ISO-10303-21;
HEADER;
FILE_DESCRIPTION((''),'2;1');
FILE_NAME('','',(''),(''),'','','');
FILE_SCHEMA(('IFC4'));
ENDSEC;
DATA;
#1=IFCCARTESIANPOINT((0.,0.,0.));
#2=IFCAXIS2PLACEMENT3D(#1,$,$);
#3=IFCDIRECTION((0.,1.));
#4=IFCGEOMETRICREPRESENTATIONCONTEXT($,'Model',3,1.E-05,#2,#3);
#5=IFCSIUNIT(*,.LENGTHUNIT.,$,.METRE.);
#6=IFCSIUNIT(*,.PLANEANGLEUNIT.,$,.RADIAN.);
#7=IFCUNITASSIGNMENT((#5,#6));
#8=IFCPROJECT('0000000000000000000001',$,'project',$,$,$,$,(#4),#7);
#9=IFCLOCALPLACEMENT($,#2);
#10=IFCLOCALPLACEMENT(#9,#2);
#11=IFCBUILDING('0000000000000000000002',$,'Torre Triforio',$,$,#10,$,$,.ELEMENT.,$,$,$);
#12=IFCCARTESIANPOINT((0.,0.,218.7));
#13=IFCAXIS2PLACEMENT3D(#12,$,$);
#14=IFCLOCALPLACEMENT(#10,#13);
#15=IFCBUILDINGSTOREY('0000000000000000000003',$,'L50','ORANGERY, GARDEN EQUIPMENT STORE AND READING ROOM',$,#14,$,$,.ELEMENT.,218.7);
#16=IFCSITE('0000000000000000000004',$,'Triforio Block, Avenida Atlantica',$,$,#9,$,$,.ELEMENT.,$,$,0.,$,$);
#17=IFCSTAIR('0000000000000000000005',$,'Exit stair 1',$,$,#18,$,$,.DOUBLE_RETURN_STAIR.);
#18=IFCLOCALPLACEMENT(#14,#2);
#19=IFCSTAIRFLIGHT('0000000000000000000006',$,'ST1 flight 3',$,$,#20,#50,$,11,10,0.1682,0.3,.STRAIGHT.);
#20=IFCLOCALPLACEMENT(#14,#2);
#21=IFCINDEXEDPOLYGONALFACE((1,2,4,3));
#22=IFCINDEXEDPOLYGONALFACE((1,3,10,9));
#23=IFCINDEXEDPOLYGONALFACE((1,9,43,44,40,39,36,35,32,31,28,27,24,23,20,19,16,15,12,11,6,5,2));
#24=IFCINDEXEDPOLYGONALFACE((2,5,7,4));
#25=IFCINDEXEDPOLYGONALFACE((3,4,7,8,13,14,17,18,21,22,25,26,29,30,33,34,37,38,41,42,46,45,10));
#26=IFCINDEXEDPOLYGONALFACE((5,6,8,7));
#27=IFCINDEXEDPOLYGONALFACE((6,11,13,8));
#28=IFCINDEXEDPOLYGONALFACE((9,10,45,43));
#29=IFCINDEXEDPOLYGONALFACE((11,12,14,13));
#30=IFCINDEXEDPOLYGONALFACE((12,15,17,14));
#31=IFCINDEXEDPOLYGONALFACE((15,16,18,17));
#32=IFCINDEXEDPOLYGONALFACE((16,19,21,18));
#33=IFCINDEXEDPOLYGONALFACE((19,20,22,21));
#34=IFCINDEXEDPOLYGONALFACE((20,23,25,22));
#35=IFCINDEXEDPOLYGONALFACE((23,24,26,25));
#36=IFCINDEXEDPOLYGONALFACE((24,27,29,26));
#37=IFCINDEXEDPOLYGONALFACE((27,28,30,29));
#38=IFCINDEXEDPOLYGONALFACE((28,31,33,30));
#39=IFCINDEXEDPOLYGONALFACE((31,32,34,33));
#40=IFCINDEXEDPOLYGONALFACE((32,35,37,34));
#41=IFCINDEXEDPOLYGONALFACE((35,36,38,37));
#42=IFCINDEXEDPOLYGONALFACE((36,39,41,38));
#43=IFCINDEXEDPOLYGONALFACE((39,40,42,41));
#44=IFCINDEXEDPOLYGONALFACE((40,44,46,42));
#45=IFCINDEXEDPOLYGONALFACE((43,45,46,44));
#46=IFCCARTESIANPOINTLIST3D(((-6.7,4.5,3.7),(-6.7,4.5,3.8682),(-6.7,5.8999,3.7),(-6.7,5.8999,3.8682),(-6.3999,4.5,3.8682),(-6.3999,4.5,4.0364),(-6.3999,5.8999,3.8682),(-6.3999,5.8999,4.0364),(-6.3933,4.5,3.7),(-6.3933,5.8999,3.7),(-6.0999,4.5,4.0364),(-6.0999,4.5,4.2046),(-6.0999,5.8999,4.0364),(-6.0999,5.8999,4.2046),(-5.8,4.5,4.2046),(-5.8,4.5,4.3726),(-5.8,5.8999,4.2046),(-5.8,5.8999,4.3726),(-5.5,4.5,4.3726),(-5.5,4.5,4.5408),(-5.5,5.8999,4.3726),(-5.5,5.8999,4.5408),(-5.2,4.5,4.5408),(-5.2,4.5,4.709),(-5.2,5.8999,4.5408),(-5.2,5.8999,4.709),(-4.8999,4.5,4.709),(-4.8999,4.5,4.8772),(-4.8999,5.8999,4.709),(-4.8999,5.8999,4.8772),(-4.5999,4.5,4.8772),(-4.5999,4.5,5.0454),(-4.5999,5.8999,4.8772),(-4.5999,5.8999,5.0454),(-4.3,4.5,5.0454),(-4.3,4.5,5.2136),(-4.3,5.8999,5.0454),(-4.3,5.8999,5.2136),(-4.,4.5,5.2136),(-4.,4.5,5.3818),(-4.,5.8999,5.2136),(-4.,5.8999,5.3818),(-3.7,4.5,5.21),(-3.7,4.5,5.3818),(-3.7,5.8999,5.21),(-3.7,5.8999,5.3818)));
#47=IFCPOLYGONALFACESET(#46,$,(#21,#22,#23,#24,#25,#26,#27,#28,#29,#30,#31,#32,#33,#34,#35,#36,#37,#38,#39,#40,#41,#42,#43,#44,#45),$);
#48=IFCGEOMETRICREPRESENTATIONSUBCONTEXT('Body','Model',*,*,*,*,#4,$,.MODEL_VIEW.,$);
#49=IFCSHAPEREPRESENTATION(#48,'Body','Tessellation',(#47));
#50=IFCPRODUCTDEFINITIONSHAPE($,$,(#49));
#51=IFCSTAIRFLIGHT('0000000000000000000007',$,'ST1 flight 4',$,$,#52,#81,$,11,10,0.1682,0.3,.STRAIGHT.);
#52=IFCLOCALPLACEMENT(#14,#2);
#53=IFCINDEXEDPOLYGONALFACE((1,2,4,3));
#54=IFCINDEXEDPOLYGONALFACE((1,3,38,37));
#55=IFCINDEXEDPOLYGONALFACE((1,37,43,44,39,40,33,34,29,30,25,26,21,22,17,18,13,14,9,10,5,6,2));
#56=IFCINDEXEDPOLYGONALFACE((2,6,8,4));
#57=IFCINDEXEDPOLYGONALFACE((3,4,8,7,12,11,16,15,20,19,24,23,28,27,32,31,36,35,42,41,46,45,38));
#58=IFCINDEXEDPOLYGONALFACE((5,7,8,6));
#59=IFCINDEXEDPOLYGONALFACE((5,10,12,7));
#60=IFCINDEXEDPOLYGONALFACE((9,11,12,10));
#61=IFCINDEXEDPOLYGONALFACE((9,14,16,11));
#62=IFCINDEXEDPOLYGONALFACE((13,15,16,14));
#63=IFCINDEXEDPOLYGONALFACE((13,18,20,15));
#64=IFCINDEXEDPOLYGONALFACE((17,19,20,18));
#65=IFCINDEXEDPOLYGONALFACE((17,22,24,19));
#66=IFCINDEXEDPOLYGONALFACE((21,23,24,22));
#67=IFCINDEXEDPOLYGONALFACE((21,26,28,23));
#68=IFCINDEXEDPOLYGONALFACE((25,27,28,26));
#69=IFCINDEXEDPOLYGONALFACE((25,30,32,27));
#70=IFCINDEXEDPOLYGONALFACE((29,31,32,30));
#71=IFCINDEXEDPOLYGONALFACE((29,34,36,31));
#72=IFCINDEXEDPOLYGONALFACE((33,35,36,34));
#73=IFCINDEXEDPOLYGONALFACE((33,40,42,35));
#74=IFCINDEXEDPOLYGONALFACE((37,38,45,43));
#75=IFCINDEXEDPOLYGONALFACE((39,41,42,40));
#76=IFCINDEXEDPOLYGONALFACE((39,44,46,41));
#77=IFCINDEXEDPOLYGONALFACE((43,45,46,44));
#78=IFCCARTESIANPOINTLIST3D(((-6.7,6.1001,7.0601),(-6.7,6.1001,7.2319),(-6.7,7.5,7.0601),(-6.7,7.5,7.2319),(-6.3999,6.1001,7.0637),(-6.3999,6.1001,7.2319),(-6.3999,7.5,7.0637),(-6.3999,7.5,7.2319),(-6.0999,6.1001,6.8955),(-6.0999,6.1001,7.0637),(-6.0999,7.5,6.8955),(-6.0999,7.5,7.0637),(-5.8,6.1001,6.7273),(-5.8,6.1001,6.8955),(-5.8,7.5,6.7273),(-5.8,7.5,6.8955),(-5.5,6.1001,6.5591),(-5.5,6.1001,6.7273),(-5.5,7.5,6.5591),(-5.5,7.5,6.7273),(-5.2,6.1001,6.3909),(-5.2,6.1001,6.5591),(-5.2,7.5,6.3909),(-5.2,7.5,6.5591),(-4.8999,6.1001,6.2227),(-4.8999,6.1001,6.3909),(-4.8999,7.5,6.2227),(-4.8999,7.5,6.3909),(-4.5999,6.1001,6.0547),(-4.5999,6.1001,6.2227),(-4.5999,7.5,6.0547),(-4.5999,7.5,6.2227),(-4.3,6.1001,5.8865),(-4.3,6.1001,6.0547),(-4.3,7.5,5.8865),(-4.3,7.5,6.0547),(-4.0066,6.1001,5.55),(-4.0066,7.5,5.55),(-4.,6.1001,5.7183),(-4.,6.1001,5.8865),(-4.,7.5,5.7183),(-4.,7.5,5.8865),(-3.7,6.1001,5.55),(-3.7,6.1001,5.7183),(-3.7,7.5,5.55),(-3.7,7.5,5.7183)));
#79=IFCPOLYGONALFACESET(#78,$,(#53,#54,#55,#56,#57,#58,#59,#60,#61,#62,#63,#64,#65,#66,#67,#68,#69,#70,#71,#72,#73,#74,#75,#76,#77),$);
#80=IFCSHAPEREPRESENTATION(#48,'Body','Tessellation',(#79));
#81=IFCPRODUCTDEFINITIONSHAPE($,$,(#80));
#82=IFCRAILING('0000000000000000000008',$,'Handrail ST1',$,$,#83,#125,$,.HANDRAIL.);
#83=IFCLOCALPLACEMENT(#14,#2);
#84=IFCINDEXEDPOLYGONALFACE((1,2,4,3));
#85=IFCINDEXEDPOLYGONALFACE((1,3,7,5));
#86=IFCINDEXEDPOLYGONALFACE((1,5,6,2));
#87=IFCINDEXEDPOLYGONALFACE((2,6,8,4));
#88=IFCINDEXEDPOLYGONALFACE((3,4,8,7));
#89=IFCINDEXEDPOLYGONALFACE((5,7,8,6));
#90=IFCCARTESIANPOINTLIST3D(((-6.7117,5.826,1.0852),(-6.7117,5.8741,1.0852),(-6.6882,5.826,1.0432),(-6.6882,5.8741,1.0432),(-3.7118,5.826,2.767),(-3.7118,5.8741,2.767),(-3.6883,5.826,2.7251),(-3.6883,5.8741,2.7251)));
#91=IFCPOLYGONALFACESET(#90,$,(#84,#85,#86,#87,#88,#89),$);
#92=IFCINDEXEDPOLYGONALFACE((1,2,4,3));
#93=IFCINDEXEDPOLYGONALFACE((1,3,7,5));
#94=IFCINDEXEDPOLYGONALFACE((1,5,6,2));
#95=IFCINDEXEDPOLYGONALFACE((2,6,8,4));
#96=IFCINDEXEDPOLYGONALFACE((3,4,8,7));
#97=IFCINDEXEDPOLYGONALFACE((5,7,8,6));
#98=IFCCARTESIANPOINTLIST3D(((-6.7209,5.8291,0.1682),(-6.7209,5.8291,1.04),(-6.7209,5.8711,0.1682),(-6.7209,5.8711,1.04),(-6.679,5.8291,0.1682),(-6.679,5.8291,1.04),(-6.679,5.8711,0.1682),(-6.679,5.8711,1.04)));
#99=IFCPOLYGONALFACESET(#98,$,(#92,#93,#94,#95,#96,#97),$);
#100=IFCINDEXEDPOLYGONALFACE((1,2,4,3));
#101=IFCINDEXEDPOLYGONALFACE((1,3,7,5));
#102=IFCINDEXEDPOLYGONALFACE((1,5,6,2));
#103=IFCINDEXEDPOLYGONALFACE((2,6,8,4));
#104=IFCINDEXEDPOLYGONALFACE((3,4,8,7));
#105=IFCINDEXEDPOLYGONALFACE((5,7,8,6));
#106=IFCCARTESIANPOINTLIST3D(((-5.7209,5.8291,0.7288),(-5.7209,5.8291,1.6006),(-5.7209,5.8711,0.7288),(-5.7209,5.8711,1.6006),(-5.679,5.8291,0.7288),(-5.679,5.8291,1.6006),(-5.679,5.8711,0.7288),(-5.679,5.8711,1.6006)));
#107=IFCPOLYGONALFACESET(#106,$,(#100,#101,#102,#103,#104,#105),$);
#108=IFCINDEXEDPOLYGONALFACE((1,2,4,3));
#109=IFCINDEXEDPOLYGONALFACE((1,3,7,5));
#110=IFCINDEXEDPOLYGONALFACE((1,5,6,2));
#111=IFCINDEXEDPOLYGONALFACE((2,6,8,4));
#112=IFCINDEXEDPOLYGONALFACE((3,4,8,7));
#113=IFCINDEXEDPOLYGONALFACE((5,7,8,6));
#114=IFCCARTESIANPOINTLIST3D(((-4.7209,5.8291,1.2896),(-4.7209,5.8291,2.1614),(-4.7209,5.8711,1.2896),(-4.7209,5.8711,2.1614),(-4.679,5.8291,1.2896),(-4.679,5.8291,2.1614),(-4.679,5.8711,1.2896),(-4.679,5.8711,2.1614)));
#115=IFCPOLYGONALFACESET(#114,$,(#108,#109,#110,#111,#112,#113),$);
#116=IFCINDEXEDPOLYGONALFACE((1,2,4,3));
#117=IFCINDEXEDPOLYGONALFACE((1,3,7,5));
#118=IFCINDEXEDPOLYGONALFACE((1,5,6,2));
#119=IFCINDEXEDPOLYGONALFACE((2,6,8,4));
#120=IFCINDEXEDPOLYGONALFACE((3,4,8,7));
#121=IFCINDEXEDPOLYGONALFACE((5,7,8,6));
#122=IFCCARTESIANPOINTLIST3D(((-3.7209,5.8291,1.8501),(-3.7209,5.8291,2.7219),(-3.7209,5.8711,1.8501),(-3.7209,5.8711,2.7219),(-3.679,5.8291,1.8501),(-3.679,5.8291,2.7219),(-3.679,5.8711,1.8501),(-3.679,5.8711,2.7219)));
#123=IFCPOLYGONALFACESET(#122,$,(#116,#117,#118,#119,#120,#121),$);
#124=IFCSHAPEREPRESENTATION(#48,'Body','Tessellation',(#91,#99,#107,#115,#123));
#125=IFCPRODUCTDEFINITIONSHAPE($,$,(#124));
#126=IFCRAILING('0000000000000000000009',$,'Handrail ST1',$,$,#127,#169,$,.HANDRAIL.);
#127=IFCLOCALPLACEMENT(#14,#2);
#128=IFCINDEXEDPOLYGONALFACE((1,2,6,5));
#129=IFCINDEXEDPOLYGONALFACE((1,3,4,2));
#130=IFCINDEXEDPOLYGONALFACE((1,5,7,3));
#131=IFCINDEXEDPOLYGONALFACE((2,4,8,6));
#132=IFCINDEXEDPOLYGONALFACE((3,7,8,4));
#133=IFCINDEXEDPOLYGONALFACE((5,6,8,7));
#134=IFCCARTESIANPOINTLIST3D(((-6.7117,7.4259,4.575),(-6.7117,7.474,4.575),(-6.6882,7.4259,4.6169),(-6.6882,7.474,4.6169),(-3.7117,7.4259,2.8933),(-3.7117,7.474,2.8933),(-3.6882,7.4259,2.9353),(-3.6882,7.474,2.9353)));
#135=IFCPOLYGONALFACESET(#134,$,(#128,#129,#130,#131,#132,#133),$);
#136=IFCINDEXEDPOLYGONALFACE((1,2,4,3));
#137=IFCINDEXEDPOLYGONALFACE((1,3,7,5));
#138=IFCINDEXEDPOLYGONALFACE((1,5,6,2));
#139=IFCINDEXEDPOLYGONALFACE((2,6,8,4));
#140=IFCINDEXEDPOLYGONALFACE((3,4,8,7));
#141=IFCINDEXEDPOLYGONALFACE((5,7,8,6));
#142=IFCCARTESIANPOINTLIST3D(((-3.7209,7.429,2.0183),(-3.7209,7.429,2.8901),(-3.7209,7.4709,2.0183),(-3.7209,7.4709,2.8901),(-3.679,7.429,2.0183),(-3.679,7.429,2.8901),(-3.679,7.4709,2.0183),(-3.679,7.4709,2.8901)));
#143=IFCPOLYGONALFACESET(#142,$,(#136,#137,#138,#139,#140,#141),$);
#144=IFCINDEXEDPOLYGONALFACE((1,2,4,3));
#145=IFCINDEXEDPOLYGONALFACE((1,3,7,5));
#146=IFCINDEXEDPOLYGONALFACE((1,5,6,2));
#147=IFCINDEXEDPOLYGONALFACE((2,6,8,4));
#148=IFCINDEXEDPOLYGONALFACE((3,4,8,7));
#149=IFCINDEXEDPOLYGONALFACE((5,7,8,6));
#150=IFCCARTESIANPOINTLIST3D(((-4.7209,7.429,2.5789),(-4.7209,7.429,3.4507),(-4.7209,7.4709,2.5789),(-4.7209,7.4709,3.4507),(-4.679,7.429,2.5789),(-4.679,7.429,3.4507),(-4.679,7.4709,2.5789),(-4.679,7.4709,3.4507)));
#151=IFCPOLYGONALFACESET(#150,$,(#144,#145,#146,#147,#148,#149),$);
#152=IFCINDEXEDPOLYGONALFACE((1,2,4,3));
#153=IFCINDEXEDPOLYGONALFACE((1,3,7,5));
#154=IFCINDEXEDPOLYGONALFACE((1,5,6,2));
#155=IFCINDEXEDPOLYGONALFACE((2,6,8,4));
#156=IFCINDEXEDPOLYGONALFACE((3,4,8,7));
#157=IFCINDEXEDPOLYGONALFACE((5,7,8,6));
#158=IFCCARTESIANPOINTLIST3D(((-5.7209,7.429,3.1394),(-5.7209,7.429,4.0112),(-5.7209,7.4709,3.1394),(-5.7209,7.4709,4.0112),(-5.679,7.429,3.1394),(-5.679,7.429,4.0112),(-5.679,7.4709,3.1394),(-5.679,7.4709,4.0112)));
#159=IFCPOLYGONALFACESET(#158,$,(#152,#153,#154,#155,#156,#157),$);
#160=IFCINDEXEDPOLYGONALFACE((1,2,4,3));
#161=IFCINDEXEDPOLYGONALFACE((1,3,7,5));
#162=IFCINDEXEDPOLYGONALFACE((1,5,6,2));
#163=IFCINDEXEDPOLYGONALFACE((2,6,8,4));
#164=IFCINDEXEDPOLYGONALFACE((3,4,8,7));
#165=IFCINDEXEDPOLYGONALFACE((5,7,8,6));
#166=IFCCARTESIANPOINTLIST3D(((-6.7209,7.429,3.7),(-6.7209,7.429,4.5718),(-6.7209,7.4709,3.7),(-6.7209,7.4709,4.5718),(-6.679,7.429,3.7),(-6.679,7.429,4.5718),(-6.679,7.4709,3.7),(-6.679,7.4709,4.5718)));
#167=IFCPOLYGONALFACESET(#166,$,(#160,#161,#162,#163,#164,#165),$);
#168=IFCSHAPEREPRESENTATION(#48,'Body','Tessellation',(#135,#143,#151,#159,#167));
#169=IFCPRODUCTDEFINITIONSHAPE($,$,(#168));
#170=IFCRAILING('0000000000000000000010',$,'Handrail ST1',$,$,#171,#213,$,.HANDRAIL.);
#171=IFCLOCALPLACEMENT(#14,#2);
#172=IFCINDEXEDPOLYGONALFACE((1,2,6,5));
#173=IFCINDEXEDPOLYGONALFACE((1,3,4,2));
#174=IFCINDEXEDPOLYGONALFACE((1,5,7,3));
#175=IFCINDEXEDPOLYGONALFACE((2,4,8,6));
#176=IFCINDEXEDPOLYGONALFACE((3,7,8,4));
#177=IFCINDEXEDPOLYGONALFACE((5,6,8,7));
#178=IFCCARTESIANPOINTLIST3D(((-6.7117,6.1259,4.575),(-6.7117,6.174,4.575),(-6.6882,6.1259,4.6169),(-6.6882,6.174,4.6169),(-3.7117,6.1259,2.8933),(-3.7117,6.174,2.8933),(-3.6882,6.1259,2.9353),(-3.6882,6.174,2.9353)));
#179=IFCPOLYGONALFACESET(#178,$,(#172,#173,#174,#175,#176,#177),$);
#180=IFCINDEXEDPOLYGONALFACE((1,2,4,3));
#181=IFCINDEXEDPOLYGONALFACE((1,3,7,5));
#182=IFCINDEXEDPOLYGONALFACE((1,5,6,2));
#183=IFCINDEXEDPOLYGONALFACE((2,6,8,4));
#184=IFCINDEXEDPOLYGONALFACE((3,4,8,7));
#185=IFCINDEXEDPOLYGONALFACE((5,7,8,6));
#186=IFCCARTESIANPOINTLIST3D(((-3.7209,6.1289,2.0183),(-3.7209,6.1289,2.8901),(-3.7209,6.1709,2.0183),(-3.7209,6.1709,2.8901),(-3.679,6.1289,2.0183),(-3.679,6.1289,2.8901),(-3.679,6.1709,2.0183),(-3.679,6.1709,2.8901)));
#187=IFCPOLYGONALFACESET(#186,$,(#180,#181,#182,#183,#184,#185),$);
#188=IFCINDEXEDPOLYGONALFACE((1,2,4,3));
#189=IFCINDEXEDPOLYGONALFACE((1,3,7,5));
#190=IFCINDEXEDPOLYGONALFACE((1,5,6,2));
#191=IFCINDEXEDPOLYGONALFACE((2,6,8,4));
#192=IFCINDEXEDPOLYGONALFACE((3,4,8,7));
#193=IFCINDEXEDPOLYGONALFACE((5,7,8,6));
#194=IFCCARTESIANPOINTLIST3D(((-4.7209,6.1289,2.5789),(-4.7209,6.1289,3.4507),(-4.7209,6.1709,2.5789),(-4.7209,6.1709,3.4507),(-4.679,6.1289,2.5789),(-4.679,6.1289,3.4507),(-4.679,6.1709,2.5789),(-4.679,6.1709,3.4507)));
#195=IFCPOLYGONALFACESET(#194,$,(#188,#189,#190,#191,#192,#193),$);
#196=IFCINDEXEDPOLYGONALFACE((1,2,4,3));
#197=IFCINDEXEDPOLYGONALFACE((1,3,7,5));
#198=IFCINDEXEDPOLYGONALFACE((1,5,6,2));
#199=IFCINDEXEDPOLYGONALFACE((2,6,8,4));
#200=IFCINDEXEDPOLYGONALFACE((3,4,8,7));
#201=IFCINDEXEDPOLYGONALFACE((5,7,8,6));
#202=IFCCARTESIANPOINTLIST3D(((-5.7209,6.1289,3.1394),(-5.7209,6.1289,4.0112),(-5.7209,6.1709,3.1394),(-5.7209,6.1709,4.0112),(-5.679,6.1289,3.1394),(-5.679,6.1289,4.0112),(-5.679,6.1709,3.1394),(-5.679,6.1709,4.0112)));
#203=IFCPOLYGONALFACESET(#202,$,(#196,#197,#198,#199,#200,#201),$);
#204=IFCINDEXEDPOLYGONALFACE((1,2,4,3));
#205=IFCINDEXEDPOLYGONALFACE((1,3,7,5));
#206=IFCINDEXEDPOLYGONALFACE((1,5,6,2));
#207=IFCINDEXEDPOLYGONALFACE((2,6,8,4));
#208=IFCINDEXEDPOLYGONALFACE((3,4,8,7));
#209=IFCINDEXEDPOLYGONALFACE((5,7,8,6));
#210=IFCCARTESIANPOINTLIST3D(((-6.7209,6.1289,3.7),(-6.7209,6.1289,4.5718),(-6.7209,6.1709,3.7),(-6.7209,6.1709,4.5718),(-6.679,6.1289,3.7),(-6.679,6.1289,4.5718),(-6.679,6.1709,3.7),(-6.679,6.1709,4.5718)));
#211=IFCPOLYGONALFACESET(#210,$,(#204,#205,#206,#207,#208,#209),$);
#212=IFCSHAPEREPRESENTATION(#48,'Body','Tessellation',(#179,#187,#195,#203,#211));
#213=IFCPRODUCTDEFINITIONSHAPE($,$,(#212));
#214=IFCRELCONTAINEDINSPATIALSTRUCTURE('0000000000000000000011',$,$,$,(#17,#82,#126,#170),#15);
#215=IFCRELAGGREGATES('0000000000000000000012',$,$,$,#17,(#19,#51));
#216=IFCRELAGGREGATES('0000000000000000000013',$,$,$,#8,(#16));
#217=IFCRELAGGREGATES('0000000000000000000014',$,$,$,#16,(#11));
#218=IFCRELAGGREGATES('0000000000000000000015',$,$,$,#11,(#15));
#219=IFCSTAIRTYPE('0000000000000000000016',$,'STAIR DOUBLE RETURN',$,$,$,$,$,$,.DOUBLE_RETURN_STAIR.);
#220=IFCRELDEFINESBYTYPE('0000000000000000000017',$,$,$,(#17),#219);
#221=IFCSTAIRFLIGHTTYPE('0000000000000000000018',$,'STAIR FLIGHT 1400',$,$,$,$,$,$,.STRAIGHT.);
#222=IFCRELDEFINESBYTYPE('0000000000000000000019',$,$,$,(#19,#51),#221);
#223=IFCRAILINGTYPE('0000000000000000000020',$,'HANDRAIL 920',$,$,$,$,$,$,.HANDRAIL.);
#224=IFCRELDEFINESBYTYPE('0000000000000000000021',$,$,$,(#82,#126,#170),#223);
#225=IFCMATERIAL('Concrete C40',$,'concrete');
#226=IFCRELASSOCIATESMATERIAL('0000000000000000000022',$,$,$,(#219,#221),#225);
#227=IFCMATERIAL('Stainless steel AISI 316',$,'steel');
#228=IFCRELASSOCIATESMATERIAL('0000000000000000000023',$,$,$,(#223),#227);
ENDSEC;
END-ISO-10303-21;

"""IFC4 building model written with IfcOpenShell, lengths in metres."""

from ifc_helpers import new_model, si_unit, direction, frame, origin, origin_2d, place, context, subcontext, project, spatial, polyline, rectangle, outline, extrude, material, type_object, element, aggregate, save


model = new_model("IFC4")

# Units and contexts
model_context = context("Model", 3, precision=1e-05, world=origin(), true_north=direction((0.0, 1.0)))
body_context = subcontext(model_context, "Body", "Model", "MODEL_VIEW")
ifc_project = project(units=[si_unit("LENGTHUNIT", "METRE"), si_unit("PLANEANGLEUNIT", "RADIAN")], contexts=[model_context])

# Site, building, storey
site_placement = place(None, origin())
site = spatial("IfcSite", under=ifc_project, at=site_placement, Name="Triforio Block, Avenida Atlantica", CompositionType="ELEMENT", RefElevation=0.0)
building_placement = place(site_placement, origin())
building = spatial("IfcBuilding", under=site, at=building_placement, Name="Torre Triforio", CompositionType="ELEMENT")
storey_placement = place(building_placement, frame((0.0, 0.0, 218.7)))
storey = spatial("IfcBuildingStorey", under=building, at=storey_placement, Name="L50", Description="ORANGERY, GARDEN EQUIPMENT STORE AND READING ROOM", CompositionType="ELEMENT", Elevation=218.7)

# Shared definitions
ifc_material_1 = material(Name="Concrete C40", Category="concrete")

# Stair, stair flights
stair_type = type_object("IfcStairType", Name="STAIR DOUBLE RETURN", PredefinedType="DOUBLE_RETURN_STAIR", material=ifc_material_1)
stair_placement = place(storey_placement, origin())
stair = element("IfcStair", 1, at=stair_placement, inside=storey, type_object=stair_type, Name="Exit stair 1", PredefinedType="DOUBLE_RETURN_STAIR")
stair_flight_type = type_object("IfcStairFlightType", Name="STAIR FLIGHT 1400", PredefinedType="STRAIGHT", material=ifc_material_1)
stair_flight_1_placement = place(storey_placement, frame((-6.7, 5.2, 3.7), z_axis=(0.0, 0.0, 1.0), x_axis=(1.0, 0.0, 0.0)))
stair_flight_1 = element("IfcStairFlight", 2, at=stair_flight_1_placement, type_object=stair_flight_type, Name="ST1 flight 3", NumberOfRisers=11, NumberOfTreads=10, PredefinedType="STRAIGHT", RiserHeight=0.1682, TreadLength=0.3, context=body_context, shape_type="SweptSolid", body=[
    extrude(outline(polyline([(0.0, 0.0), (0.0, 0.1682), (0.3, 0.1682), (0.3, 0.3364), (0.6001, 0.3364), (0.6001, 0.5046), (0.8999, 0.5046), (0.8999, 0.6726), (1.2, 0.6726), (1.2, 0.8408), (1.5, 0.8408), (1.5, 1.009), (1.8, 1.009), (1.8, 1.1772), (2.1001, 1.1772), (2.1001, 1.3455), (2.3999, 1.3455), (2.3999, 1.5137), (2.7, 1.5137), (2.7, 1.6819), (3.0, 1.6819), (3.0, 1.8501), (3.0, 1.51), (0.3066, 0.0), (0.0, 0.0)])), frame((0.0, 0.7, 0.0), z_axis=(0.0, -1.0, 0.0), x_axis=(1.0, 0.0, 0.0)), (0.0, 0.0, 1.0), 1.3999),
])
stair_flight_2_placement = place(storey_placement, frame((-3.7, 6.8, 5.55), z_axis=(0.0, 0.0, 1.0), x_axis=(-1.0, 0.0, 0.0)))
stair_flight_2 = element("IfcStairFlight", 3, at=stair_flight_2_placement, type_object=stair_flight_type, Name="ST1 flight 4", NumberOfRisers=11, NumberOfTreads=10, PredefinedType="STRAIGHT", RiserHeight=0.1682, TreadLength=0.3, context=body_context, shape_type="SweptSolid", body=[
    extrude(outline(polyline([(0.0, 0.0), (0.0, 0.1682), (0.3, 0.1682), (0.3, 0.3364), (0.6001, 0.3364), (0.6001, 0.5046), (0.8999, 0.5046), (0.8999, 0.6726), (1.2, 0.6726), (1.2, 0.8408), (1.5, 0.8408), (1.5, 1.009), (1.8, 1.009), (1.8, 1.1772), (2.1001, 1.1772), (2.1001, 1.3455), (2.3999, 1.3455), (2.3999, 1.5137), (2.7, 1.5137), (2.7, 1.6819), (3.0, 1.6819), (3.0, 1.8501), (3.0, 1.51), (0.3066, 0.0), (0.0, 0.0)])), frame((0.0, 0.7, 0.0), z_axis=(0.0, -1.0, 0.0), x_axis=(1.0, 0.0, 0.0)), (0.0, 0.0, 1.0), 1.3999),
])
aggregate(stair, [stair_flight_1, stair_flight_2])

# Railings
ifc_material_2 = material(Name="Stainless steel AISI 316", Category="steel")
railing_type = type_object("IfcRailingType", Name="HANDRAIL 920", PredefinedType="HANDRAIL", material=ifc_material_2)
railing_1_placement = place(storey_placement, frame((-6.7, 5.8501, 0.1682)))
element("IfcRailing", 4, at=railing_1_placement, inside=storey, type_object=railing_type, Name="Handrail ST1", PredefinedType="HANDRAIL", context=body_context, shape_type="SweptSolid", body=[
    extrude(rectangle(XDim=0.0481, YDim=0.0481, at=origin_2d()), frame((0.0, 0.0, 0.896), z_axis=(0.872272, 0.0, 0.48902), x_axis=(0.0, 1.0, 0.0)), (0.0, 0.0, 1.0), 3.4392),
    extrude(rectangle(XDim=0.042, YDim=0.042, at=origin_2d()), origin(), (0.0, 0.0, 1.0), 0.8718),
    extrude(rectangle(XDim=0.042, YDim=0.042, at=origin_2d()), frame((1.0, 0.0, 0.5605)), (0.0, 0.0, 1.0), 0.8718),
    extrude(rectangle(XDim=0.042, YDim=0.042, at=origin_2d()), frame((2.0, 0.0, 1.1213)), (0.0, 0.0, 1.0), 0.8718),
    extrude(rectangle(XDim=0.042, YDim=0.042, at=origin_2d()), frame((3.0, 0.0, 1.6819)), (0.0, 0.0, 1.0), 0.8718),
])
for number, where, name in (
    (5, (-3.7, 7.45, 2.0183), "Handrail ST1"),
    (6, (-3.7, 6.1499, 2.0183), "Handrail ST1"),
):
    element("IfcRailing", number, at=place(storey_placement, frame(where)), inside=storey, type_object=railing_type, Name=name, PredefinedType="HANDRAIL", context=body_context, shape_type="SweptSolid", body=[
        extrude(rectangle(XDim=0.0481, YDim=0.0481, at=origin_2d()), frame((0.0, 0.0, 0.896), z_axis=(-0.872303, 0.0, 0.488966), x_axis=(0.0, -1.0, 0.0)), (0.0, 0.0, 1.0), 3.4392),
        extrude(rectangle(XDim=0.042, YDim=0.042, at=origin_2d()), origin(), (0.0, 0.0, 1.0), 0.8718),
        extrude(rectangle(XDim=0.042, YDim=0.042, at=origin_2d()), frame((-1.0, 0.0, 0.5605)), (0.0, 0.0, 1.0), 0.8718),
        extrude(rectangle(XDim=0.042, YDim=0.042, at=origin_2d()), frame((-2.0, 0.0, 1.1211)), (0.0, 0.0, 1.0), 0.8718),
        extrude(rectangle(XDim=0.042, YDim=0.042, at=origin_2d()), frame((-3.0, 0.0, 1.6816)), (0.0, 0.0, 1.0), 0.8718),
    ])

save(model, "model.ifc")
